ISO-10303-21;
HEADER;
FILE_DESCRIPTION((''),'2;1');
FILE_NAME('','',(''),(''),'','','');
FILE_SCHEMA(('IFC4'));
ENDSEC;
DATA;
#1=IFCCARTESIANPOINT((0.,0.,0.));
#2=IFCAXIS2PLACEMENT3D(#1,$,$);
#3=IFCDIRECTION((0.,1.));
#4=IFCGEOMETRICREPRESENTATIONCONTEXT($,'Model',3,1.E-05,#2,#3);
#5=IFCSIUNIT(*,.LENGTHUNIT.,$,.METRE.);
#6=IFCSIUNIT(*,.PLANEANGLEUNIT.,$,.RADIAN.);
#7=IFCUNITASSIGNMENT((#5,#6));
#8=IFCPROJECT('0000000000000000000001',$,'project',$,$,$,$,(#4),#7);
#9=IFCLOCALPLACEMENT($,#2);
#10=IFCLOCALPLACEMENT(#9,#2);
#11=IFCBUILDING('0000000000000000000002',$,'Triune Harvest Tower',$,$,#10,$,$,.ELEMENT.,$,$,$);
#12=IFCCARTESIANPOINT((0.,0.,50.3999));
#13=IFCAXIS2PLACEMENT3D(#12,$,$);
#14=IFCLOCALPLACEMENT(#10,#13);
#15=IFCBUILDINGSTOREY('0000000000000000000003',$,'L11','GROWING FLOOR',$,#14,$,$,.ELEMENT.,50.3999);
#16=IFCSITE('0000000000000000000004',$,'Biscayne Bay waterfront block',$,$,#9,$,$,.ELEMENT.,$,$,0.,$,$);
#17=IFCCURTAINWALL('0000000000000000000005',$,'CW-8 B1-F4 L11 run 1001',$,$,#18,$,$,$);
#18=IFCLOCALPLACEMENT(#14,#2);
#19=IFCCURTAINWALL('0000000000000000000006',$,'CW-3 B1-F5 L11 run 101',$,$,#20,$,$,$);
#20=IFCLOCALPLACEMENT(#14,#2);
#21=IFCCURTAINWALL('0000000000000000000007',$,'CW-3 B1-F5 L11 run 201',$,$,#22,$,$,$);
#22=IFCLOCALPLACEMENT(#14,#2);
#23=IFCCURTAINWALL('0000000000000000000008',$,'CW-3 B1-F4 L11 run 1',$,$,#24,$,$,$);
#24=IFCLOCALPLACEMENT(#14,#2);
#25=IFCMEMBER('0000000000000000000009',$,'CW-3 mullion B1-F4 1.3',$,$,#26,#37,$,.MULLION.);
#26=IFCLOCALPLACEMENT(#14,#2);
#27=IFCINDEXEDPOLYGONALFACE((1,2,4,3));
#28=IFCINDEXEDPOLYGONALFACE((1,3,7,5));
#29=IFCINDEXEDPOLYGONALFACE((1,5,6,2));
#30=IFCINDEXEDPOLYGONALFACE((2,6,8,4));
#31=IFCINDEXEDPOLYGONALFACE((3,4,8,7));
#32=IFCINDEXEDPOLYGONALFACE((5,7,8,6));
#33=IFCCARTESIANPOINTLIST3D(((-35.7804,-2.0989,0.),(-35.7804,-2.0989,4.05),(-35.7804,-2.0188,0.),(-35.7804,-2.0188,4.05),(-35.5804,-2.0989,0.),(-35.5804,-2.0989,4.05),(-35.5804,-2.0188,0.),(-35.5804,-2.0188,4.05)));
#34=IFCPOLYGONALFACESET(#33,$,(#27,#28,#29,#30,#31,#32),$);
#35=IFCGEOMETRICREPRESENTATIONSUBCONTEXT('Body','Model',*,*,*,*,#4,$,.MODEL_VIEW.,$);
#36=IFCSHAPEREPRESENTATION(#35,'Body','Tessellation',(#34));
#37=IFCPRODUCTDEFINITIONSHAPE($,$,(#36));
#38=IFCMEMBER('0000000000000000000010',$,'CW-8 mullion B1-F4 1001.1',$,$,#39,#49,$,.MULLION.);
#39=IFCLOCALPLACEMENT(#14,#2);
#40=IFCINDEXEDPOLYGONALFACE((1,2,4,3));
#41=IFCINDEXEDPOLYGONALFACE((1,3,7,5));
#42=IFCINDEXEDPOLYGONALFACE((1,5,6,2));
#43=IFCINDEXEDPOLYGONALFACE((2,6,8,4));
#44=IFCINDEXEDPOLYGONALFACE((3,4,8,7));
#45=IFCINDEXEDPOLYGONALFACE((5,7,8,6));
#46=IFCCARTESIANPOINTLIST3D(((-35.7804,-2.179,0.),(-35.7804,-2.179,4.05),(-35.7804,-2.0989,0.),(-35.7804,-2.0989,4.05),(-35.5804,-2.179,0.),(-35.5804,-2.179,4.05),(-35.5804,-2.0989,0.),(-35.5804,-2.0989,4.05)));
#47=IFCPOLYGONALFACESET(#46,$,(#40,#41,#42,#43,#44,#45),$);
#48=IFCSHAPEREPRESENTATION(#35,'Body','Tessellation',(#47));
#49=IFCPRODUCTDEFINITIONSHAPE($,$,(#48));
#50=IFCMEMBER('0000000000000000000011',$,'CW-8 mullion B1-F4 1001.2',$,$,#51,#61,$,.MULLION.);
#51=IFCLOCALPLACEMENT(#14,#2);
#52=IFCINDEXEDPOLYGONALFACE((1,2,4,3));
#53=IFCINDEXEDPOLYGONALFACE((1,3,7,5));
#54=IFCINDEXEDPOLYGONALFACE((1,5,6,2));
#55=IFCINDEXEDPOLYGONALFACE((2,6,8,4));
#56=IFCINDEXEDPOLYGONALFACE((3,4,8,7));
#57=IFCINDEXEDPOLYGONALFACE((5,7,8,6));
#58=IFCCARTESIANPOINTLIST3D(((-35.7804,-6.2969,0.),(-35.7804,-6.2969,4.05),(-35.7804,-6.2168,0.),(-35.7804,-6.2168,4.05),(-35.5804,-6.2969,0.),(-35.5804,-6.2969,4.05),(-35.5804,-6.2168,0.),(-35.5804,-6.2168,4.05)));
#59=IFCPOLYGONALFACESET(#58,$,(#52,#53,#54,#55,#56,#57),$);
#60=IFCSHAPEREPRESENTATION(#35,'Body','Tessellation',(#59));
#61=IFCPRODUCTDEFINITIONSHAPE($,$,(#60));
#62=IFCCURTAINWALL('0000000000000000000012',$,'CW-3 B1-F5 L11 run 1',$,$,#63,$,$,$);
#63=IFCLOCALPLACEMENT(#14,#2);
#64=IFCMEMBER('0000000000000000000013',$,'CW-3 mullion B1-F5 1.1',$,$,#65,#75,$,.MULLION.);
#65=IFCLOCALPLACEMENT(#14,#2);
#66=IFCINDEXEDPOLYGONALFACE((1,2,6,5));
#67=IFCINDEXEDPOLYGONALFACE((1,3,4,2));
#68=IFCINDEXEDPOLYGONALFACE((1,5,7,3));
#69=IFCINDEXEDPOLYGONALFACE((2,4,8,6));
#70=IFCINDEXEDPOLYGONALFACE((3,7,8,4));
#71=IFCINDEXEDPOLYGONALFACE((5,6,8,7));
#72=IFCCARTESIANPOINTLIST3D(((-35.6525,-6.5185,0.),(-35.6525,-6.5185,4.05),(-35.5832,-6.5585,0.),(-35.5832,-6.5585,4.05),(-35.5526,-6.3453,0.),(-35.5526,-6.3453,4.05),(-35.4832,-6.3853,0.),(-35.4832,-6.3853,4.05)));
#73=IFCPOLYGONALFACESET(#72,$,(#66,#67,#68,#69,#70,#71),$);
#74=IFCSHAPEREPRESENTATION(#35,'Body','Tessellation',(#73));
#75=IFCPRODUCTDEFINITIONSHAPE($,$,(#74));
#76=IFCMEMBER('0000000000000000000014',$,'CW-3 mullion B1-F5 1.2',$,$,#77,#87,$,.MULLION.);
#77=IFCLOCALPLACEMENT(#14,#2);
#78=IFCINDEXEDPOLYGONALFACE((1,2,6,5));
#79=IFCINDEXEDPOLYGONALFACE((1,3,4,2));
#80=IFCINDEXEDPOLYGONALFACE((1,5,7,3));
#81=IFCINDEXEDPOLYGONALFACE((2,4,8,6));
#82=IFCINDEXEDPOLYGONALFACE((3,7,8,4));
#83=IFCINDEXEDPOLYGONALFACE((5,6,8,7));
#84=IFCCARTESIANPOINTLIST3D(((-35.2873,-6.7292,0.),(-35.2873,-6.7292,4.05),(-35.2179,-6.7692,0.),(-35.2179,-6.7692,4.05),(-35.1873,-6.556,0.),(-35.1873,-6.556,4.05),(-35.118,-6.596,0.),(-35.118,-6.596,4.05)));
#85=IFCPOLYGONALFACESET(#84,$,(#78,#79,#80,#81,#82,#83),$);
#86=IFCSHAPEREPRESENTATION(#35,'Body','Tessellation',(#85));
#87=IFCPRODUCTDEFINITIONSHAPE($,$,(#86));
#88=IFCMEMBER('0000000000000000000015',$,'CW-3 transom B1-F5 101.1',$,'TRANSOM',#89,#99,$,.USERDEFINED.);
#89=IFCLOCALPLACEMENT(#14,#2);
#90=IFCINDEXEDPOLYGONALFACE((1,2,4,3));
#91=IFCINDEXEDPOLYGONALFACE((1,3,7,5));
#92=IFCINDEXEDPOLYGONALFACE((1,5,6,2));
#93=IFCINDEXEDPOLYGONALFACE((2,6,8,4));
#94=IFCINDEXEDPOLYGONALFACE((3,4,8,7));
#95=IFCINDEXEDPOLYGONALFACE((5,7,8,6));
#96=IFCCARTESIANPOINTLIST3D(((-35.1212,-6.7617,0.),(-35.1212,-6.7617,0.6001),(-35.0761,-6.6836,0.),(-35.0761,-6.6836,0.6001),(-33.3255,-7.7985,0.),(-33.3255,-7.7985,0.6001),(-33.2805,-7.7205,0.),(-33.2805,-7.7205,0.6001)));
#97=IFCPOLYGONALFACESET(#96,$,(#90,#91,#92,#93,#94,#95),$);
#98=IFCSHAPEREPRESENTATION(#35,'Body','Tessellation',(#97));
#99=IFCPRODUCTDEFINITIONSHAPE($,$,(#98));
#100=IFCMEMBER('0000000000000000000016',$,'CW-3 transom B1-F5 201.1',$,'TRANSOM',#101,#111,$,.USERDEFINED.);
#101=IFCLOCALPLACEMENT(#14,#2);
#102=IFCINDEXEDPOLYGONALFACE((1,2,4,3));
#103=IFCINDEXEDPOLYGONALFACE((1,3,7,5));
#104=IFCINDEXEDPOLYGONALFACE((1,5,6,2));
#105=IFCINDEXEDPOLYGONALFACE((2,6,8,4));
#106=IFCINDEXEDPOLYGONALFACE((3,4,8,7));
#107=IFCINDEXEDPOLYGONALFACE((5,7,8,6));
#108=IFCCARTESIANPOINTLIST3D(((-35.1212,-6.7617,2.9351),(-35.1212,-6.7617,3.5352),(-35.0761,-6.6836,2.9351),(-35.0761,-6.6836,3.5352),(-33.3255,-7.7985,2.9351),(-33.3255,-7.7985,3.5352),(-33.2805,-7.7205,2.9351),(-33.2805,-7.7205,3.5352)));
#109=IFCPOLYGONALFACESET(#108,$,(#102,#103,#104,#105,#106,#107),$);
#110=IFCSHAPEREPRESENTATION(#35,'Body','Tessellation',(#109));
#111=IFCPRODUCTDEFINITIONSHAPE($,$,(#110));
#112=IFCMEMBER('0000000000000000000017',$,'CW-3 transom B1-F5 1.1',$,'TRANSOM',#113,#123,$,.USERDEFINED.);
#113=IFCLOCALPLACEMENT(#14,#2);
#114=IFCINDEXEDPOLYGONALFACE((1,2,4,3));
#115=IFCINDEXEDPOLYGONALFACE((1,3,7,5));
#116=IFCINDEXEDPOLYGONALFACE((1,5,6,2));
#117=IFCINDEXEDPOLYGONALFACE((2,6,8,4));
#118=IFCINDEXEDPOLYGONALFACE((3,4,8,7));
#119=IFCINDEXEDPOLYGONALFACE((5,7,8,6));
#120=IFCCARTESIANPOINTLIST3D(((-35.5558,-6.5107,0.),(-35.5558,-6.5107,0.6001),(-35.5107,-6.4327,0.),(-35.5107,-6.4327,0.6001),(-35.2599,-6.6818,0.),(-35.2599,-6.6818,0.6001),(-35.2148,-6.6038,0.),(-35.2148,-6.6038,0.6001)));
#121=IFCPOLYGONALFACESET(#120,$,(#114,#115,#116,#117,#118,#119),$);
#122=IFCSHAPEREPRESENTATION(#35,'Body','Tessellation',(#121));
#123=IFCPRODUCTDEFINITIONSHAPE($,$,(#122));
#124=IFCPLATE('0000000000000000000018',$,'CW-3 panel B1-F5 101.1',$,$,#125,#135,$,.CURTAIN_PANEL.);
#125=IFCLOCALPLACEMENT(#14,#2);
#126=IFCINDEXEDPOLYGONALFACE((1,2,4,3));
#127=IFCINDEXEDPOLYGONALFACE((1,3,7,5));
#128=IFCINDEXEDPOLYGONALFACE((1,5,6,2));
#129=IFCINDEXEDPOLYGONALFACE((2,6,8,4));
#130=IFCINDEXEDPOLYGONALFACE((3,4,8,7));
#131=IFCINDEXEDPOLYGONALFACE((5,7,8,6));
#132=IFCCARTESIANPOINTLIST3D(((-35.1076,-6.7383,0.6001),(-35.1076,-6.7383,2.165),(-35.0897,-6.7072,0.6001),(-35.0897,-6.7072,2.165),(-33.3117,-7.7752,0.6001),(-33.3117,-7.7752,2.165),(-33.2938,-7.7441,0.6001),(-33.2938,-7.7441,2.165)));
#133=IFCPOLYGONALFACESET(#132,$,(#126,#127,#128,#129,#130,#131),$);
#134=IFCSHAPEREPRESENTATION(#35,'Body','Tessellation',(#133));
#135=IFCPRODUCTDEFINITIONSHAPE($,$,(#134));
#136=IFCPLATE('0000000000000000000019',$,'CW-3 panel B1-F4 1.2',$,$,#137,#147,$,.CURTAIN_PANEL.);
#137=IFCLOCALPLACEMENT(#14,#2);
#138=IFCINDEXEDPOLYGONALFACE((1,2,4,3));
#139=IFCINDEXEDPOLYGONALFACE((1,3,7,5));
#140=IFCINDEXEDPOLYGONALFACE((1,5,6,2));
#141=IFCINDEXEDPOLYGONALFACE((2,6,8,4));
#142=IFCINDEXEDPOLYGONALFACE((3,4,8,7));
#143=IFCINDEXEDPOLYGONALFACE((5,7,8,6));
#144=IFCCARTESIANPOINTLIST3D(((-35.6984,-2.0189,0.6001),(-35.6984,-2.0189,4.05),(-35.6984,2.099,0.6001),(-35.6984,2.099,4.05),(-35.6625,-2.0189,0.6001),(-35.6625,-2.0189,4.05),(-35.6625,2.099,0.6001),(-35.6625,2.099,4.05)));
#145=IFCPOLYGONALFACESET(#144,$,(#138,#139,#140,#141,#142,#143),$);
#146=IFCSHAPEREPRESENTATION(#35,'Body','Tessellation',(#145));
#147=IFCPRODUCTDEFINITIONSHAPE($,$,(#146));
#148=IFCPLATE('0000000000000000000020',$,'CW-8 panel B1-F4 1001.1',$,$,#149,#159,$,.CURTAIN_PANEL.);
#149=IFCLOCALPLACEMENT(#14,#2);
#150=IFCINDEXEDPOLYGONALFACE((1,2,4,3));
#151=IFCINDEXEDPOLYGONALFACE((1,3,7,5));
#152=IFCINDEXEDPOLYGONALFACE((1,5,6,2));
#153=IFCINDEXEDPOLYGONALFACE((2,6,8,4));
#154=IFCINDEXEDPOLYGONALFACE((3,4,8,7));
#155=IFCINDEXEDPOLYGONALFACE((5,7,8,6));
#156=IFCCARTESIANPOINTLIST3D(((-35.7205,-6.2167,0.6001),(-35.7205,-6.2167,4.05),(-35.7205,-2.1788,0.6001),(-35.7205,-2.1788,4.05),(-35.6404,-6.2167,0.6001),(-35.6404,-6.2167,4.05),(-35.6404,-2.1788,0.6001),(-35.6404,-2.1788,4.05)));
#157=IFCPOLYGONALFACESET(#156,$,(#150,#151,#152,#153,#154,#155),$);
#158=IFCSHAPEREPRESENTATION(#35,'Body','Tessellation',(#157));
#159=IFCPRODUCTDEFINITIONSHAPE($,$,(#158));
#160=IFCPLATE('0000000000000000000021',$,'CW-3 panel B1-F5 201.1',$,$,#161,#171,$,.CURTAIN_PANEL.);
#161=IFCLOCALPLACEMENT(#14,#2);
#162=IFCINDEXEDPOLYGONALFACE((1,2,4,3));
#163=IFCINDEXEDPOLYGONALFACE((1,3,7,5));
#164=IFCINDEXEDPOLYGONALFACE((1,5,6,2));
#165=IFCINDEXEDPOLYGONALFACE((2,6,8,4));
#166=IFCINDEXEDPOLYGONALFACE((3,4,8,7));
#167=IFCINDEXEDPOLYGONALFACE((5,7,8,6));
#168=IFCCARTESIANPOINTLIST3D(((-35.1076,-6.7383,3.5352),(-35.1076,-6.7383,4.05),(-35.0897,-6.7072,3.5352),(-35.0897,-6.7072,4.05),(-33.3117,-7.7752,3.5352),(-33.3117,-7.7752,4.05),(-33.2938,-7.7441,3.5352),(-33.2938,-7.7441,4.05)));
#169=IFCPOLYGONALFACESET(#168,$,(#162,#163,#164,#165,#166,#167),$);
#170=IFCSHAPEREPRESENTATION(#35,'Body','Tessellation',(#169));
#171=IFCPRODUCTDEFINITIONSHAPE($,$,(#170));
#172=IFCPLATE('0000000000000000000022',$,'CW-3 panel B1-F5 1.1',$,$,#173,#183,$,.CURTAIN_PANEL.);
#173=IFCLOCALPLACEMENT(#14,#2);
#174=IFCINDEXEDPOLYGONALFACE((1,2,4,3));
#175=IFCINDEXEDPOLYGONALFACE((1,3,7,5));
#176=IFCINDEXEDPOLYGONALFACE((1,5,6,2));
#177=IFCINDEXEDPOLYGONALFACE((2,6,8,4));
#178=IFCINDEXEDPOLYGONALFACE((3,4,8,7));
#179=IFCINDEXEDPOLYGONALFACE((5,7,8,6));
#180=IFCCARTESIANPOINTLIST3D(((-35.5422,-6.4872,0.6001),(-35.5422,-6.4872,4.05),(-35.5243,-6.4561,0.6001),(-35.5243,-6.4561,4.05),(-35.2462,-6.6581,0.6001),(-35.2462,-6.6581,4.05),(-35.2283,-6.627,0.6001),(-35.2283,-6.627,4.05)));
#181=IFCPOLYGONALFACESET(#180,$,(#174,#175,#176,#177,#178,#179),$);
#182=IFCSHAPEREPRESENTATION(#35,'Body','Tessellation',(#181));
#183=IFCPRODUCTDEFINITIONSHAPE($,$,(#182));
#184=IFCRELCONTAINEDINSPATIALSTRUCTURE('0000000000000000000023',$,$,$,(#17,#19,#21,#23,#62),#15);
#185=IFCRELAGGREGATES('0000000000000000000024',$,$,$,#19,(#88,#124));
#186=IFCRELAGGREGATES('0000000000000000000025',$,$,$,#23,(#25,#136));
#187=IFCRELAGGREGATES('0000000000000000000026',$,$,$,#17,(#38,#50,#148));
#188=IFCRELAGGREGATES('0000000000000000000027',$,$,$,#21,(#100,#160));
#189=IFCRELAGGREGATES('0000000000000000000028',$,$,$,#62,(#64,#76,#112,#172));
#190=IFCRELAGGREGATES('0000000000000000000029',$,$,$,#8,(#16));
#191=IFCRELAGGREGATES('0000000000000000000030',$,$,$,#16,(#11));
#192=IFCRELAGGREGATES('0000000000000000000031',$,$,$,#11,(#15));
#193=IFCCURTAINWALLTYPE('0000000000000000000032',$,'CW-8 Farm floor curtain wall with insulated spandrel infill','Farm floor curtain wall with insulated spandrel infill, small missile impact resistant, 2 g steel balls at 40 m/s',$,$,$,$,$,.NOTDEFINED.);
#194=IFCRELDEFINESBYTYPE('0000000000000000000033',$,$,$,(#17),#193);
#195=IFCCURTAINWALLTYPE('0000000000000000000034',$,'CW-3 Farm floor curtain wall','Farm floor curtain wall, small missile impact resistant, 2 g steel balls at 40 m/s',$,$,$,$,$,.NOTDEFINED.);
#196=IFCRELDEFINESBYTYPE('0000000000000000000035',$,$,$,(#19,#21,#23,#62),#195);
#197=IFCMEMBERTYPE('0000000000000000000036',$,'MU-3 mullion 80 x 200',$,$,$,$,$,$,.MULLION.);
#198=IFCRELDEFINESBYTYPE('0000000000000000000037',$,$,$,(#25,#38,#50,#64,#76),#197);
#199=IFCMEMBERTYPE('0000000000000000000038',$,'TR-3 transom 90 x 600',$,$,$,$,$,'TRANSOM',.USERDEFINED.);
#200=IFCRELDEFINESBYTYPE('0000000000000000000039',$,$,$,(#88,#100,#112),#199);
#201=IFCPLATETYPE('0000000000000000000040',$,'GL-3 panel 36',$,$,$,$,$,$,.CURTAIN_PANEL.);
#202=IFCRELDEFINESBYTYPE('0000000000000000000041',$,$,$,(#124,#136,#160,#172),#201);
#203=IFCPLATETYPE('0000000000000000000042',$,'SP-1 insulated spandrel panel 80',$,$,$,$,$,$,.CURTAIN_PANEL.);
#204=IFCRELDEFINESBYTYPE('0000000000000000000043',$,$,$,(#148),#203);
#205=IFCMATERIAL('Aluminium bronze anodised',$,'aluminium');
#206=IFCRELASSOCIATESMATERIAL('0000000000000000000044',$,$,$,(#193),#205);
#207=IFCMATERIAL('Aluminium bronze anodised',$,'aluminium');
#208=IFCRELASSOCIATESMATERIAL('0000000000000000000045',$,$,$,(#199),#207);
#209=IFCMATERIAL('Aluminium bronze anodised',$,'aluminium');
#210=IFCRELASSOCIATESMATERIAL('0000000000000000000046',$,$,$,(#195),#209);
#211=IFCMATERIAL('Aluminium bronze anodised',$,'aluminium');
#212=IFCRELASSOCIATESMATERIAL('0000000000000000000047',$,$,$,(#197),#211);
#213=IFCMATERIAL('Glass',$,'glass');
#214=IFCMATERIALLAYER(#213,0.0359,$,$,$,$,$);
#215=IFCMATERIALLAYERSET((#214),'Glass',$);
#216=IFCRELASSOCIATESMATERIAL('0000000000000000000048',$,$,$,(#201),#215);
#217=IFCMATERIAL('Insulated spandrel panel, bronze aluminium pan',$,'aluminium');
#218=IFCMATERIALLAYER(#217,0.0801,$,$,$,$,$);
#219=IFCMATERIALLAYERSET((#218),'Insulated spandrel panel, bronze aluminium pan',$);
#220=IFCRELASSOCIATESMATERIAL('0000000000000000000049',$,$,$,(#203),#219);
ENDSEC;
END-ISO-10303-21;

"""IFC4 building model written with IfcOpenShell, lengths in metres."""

from ifc_helpers import new_model, si_unit, direction, frame, origin, origin_2d, place, context, subcontext, project, spatial, rectangle, extrude, source, transform, mapped, material, layer, layer_set, material_profile, profile_set, type_object, element, aggregate, save


model = new_model("IFC4")

# Units and contexts
model_context = context("Model", 3, precision=1e-05, world=origin(), true_north=direction((0.0, 1.0)))
body_context = subcontext(model_context, "Body", "Model", "MODEL_VIEW")
ifc_project = project(units=[si_unit("LENGTHUNIT", "METRE"), si_unit("PLANEANGLEUNIT", "RADIAN")], contexts=[model_context])

# Site, building, storey
site_placement = place(None, origin())
site = spatial("IfcSite", under=ifc_project, at=site_placement, Name="Biscayne Bay waterfront block", CompositionType="ELEMENT", RefElevation=0.0)
building_placement = place(site_placement, origin())
building = spatial("IfcBuilding", under=site, at=building_placement, Name="Triune Harvest Tower", CompositionType="ELEMENT")
storey_placement = place(building_placement, frame((0.0, 0.0, 50.3999)))
storey = spatial("IfcBuildingStorey", under=building, at=storey_placement, Name="L11", Description="GROWING FLOOR", CompositionType="ELEMENT", Elevation=50.3999)

# Curtain wall
ifc_material_1 = material(Name="Aluminium bronze anodised", Category="aluminium")
curtain_wall_type_1 = type_object("IfcCurtainWallType", Name="CW-8 Farm floor curtain wall with insulated spandrel infill", Description="Farm floor curtain wall with insulated spandrel infill, small missile impact resistant, 2 g steel balls at 40 m/s", PredefinedType="NOTDEFINED", material=ifc_material_1)
curtain_wall_1_placement = place(storey_placement, origin())
curtain_wall_1 = element("IfcCurtainWall", 1, at=curtain_wall_1_placement, inside=storey, type_object=curtain_wall_type_1, Name="CW-8 B1-F4 L11 run 1001")
ifc_material_2 = material(Name="Aluminium bronze anodised", Category="aluminium")
ifc_material_profile_1 = material_profile(ifc_material_2, rectangle(XDim=0.0901, YDim=0.6001, at=origin_2d()), Name="TR-3 transom 90 x 600")
ifc_profile_set_1 = profile_set([ifc_material_profile_1], Name="Aluminium bronze anodised")
member_type_1 = type_object("IfcMemberType", Name="TR-3 transom 90 x 600", ElementType="TRANSOM", PredefinedType="USERDEFINED", material=ifc_profile_set_1)

# Curtain walls
ifc_material_3 = material(Name="Aluminium bronze anodised", Category="aluminium")
curtain_wall_type_2 = type_object("IfcCurtainWallType", Name="CW-3 Farm floor curtain wall", Description="Farm floor curtain wall, small missile impact resistant, 2 g steel balls at 40 m/s", PredefinedType="NOTDEFINED", material=ifc_material_3)
curtain_wall_2_placement = place(storey_placement, origin())
curtain_wall_2 = element("IfcCurtainWall", 2, at=curtain_wall_2_placement, inside=storey, type_object=curtain_wall_type_2, Name="CW-3 B1-F5 L11 run 101")
ifc_material_4 = material(Name="Aluminium bronze anodised", Category="aluminium")
ifc_material_profile_2 = material_profile(ifc_material_4, rectangle(XDim=0.2, YDim=0.0801, at=origin_2d()), Name="MU-3 mullion 80 x 200")
ifc_profile_set_2 = profile_set([ifc_material_profile_2], Name="Aluminium bronze anodised")
member_type_2 = type_object("IfcMemberType", Name="MU-3 mullion 80 x 200", PredefinedType="MULLION", material=ifc_profile_set_2)
curtain_wall_3_placement = place(storey_placement, origin())
curtain_wall_3 = element("IfcCurtainWall", 3, at=curtain_wall_3_placement, inside=storey, type_object=curtain_wall_type_2, Name="CW-3 B1-F5 L11 run 201")

# Curtain wall, member
curtain_wall_4_placement = place(storey_placement, origin())
curtain_wall_4 = element("IfcCurtainWall", 4, at=curtain_wall_4_placement, inside=storey, type_object=curtain_wall_type_2, Name="CW-3 B1-F4 L11 run 1")
shared_shape_1 = source(origin(), body_context, "Body", "SweptSolid", [
    extrude(rectangle(XDim=0.2, YDim=0.0801, at=origin_2d()), origin(), (0.0, 0.0, 1.0), 4.05),
])
member_1_placement = place(storey_placement, frame((-35.6804, -2.0588, 0.0), z_axis=(0.0, 0.0, 1.0), x_axis=(1.0, 0.0, 0.0)))
member_1 = element("IfcMember", 5, at=member_1_placement, type_object=member_type_2, Name="CW-3 mullion B1-F4 1.3", PredefinedType="MULLION", context=body_context, shape_type="MappedRepresentation", body=[
    mapped(shared_shape_1, transform((0.0, 0.0, 0.0), scale=1.0)),
])

# Members
member_2_placement = place(storey_placement, frame((-35.6804, -2.1389, 0.0), z_axis=(0.0, 0.0, 1.0), x_axis=(1.0, 0.0, 0.0)))
member_2 = element("IfcMember", 6, at=member_2_placement, type_object=member_type_2, Name="CW-8 mullion B1-F4 1001.1", PredefinedType="MULLION", context=body_context, shape_type="MappedRepresentation", body=[
    mapped(shared_shape_1, transform((0.0, 0.0, 0.0), scale=1.0)),
])
member_3_placement = place(storey_placement, frame((-35.6804, -6.2568, 0.0), z_axis=(0.0, 0.0, 1.0), x_axis=(1.0, 0.0, 0.0)))
member_3 = element("IfcMember", 7, at=member_3_placement, type_object=member_type_2, Name="CW-8 mullion B1-F4 1001.2", PredefinedType="MULLION", context=body_context, shape_type="MappedRepresentation", body=[
    mapped(shared_shape_1, transform((0.0, 0.0, 0.0), scale=1.0)),
])

# Curtain wall, members
curtain_wall_5_placement = place(storey_placement, origin())
curtain_wall_5 = element("IfcCurtainWall", 8, at=curtain_wall_5_placement, inside=storey, type_object=curtain_wall_type_2, Name="CW-3 B1-F5 L11 run 1")
member_4_placement = place(storey_placement, frame((-35.5679, -6.4519, 0.0), z_axis=(0.0, 0.0, 1.0), x_axis=(0.499975, 0.86604, 0.0)))
member_4 = element("IfcMember", 9, at=member_4_placement, type_object=member_type_2, Name="CW-3 mullion B1-F5 1.1", PredefinedType="MULLION", context=body_context, shape_type="MappedRepresentation", body=[
    mapped(shared_shape_1, transform((0.0, 0.0, 0.0), scale=1.0)),
])
member_5_placement = place(storey_placement, frame((-35.2026, -6.6626, 0.0), z_axis=(0.0, 0.0, 1.0), x_axis=(0.499975, 0.86604, 0.0)))
member_5 = element("IfcMember", 10, at=member_5_placement, type_object=member_type_2, Name="CW-3 mullion B1-F5 1.2", PredefinedType="MULLION", context=body_context, shape_type="MappedRepresentation", body=[
    mapped(shared_shape_1, transform((0.0, 0.0, 0.0), scale=1.0)),
])

# Members
shared_shape_2 = source(origin(), body_context, "Body", "SweptSolid", [
    extrude(rectangle(XDim=0.0901, YDim=0.6001, at=origin_2d()), origin(), (0.0, 0.0, 1.0), 2.0735),
])
member_6_placement = place(storey_placement, frame((-35.0986, -6.7227, 0.3), z_axis=(0.865995, -0.500052, 0.0), x_axis=(0.500052, 0.865995, 0.0)))
member_6 = element("IfcMember", 11, at=member_6_placement, type_object=member_type_1, Name="CW-3 transom B1-F5 101.1", ObjectType="TRANSOM", PredefinedType="USERDEFINED", context=body_context, shape_type="MappedRepresentation", body=[
    mapped(shared_shape_2, transform((0.0, 0.0, 0.0), scale=1.0)),
])
member_7_placement = place(storey_placement, frame((-35.0986, -6.7227, 3.2351), z_axis=(0.865995, -0.500052, 0.0), x_axis=(0.500052, 0.865995, 0.0)))
member_7 = element("IfcMember", 12, at=member_7_placement, type_object=member_type_1, Name="CW-3 transom B1-F5 201.1", ObjectType="TRANSOM", PredefinedType="USERDEFINED", context=body_context, shape_type="MappedRepresentation", body=[
    mapped(shared_shape_2, transform((0.0, 0.0, 0.0), scale=1.0)),
])
shared_shape_3 = source(origin(), body_context, "Body", "SweptSolid", [
    extrude(rectangle(XDim=0.0901, YDim=0.6001, at=origin_2d()), origin(), (0.0, 0.0, 1.0), 0.3418),
])
member_8_placement = place(storey_placement, frame((-35.5332, -6.4717, 0.3), z_axis=(0.865638, -0.50067, 0.0), x_axis=(0.50067, 0.865638, 0.0)))
member_8 = element("IfcMember", 13, at=member_8_placement, type_object=member_type_1, Name="CW-3 transom B1-F5 1.1", ObjectType="TRANSOM", PredefinedType="USERDEFINED", context=body_context, shape_type="MappedRepresentation", body=[
    mapped(shared_shape_3, transform((0.0, 0.0, 0.0), scale=1.0)),
])

# Plates
ifc_material_5 = material(Name="Glass", Category="glass")
ifc_layer_1 = layer(ifc_material_5, 0.0359)
ifc_layer_set_1 = layer_set([ifc_layer_1], Name="Glass")
plate_type_1 = type_object("IfcPlateType", Name="GL-3 panel 36", PredefinedType="CURTAIN_PANEL", material=ifc_layer_set_1)
plate_1_placement = place(storey_placement, frame((-34.2007, -7.2412, 0.6001), z_axis=(0.0, 0.0, 1.0), x_axis=(0.866031, -0.499991, 0.0)))
plate_1 = element("IfcPlate", 14, at=plate_1_placement, type_object=plate_type_1, Name="CW-3 panel B1-F5 101.1", PredefinedType="CURTAIN_PANEL", context=body_context, shape_type="SweptSolid", body=[
    extrude(rectangle(XDim=2.0737, YDim=0.0359, at=origin_2d()), origin(), (0.0, 0.0, 1.0), 1.5649),
])
aggregate(curtain_wall_2, [member_6, plate_1])
shared_shape_4 = source(origin(), body_context, "Body", "SweptSolid", [
    extrude(rectangle(XDim=4.1179, YDim=0.0359, at=origin_2d()), origin(), (0.0, 0.0, 1.0), 3.45),
])
plate_2_placement = place(storey_placement, frame((-35.6804, 0.04, 0.6001), z_axis=(0.0, 0.0, 1.0), x_axis=(0.0, -1.0, 0.0)))
plate_2 = element("IfcPlate", 15, at=plate_2_placement, type_object=plate_type_1, Name="CW-3 panel B1-F4 1.2", PredefinedType="CURTAIN_PANEL", context=body_context, shape_type="MappedRepresentation", body=[
    mapped(shared_shape_4, transform((0.0, 0.0, 0.0), scale=1.0)),
])
aggregate(curtain_wall_4, [member_1, plate_2])
ifc_material_6 = material(Name="Insulated spandrel panel, bronze aluminium pan", Category="aluminium")
ifc_layer_2 = layer(ifc_material_6, 0.0801)
ifc_layer_set_2 = layer_set([ifc_layer_2], Name="Insulated spandrel panel, bronze aluminium pan")
plate_type_2 = type_object("IfcPlateType", Name="SP-1 insulated spandrel panel 80", PredefinedType="CURTAIN_PANEL", material=ifc_layer_set_2)
shared_shape_5 = source(origin(), body_context, "Body", "SweptSolid", [
    extrude(rectangle(XDim=4.0378, YDim=0.0801, at=origin_2d()), origin(), (0.0, 0.0, 1.0), 3.45),
])
plate_3_placement = place(storey_placement, frame((-35.6804, -4.1978, 0.6001), z_axis=(0.0, 0.0, 1.0), x_axis=(0.0, -1.0, 0.0)))
plate_3 = element("IfcPlate", 16, at=plate_3_placement, type_object=plate_type_2, Name="CW-8 panel B1-F4 1001.1", PredefinedType="CURTAIN_PANEL", context=body_context, shape_type="MappedRepresentation", body=[
    mapped(shared_shape_5, transform((0.0, 0.0, 0.0), scale=1.0)),
])
aggregate(curtain_wall_1, [member_2, member_3, plate_3])
shared_shape_6 = source(origin(), body_context, "Body", "SweptSolid", [
    extrude(rectangle(XDim=2.0737, YDim=0.0359, at=origin_2d()), origin(), (0.0, 0.0, 1.0), 0.5149),
])
plate_4_placement = place(storey_placement, frame((-34.2007, -7.2412, 3.5352), z_axis=(0.0, 0.0, 1.0), x_axis=(0.866031, -0.499991, 0.0)))
plate_4 = element("IfcPlate", 17, at=plate_4_placement, type_object=plate_type_1, Name="CW-3 panel B1-F5 201.1", PredefinedType="CURTAIN_PANEL", context=body_context, shape_type="MappedRepresentation", body=[
    mapped(shared_shape_6, transform((0.0, 0.0, 0.0), scale=1.0)),
])
aggregate(curtain_wall_3, [member_7, plate_4])
shared_shape_7 = source(origin(), body_context, "Body", "SweptSolid", [
    extrude(rectangle(XDim=0.3418, YDim=0.0359, at=origin_2d()), origin(), (0.0, 0.0, 1.0), 3.45),
])
plate_5_placement = place(storey_placement, frame((-35.3853, -6.5571, 0.6001), z_axis=(0.0, 0.0, 1.0), x_axis=(0.86604, -0.499975, 0.0)))
plate_5 = element("IfcPlate", 18, at=plate_5_placement, type_object=plate_type_1, Name="CW-3 panel B1-F5 1.1", PredefinedType="CURTAIN_PANEL", context=body_context, shape_type="MappedRepresentation", body=[
    mapped(shared_shape_7, transform((0.0, 0.0, 0.0), scale=1.0)),
])
aggregate(curtain_wall_5, [member_4, member_5, member_8, plate_5])

save(model, "model.ifc")
